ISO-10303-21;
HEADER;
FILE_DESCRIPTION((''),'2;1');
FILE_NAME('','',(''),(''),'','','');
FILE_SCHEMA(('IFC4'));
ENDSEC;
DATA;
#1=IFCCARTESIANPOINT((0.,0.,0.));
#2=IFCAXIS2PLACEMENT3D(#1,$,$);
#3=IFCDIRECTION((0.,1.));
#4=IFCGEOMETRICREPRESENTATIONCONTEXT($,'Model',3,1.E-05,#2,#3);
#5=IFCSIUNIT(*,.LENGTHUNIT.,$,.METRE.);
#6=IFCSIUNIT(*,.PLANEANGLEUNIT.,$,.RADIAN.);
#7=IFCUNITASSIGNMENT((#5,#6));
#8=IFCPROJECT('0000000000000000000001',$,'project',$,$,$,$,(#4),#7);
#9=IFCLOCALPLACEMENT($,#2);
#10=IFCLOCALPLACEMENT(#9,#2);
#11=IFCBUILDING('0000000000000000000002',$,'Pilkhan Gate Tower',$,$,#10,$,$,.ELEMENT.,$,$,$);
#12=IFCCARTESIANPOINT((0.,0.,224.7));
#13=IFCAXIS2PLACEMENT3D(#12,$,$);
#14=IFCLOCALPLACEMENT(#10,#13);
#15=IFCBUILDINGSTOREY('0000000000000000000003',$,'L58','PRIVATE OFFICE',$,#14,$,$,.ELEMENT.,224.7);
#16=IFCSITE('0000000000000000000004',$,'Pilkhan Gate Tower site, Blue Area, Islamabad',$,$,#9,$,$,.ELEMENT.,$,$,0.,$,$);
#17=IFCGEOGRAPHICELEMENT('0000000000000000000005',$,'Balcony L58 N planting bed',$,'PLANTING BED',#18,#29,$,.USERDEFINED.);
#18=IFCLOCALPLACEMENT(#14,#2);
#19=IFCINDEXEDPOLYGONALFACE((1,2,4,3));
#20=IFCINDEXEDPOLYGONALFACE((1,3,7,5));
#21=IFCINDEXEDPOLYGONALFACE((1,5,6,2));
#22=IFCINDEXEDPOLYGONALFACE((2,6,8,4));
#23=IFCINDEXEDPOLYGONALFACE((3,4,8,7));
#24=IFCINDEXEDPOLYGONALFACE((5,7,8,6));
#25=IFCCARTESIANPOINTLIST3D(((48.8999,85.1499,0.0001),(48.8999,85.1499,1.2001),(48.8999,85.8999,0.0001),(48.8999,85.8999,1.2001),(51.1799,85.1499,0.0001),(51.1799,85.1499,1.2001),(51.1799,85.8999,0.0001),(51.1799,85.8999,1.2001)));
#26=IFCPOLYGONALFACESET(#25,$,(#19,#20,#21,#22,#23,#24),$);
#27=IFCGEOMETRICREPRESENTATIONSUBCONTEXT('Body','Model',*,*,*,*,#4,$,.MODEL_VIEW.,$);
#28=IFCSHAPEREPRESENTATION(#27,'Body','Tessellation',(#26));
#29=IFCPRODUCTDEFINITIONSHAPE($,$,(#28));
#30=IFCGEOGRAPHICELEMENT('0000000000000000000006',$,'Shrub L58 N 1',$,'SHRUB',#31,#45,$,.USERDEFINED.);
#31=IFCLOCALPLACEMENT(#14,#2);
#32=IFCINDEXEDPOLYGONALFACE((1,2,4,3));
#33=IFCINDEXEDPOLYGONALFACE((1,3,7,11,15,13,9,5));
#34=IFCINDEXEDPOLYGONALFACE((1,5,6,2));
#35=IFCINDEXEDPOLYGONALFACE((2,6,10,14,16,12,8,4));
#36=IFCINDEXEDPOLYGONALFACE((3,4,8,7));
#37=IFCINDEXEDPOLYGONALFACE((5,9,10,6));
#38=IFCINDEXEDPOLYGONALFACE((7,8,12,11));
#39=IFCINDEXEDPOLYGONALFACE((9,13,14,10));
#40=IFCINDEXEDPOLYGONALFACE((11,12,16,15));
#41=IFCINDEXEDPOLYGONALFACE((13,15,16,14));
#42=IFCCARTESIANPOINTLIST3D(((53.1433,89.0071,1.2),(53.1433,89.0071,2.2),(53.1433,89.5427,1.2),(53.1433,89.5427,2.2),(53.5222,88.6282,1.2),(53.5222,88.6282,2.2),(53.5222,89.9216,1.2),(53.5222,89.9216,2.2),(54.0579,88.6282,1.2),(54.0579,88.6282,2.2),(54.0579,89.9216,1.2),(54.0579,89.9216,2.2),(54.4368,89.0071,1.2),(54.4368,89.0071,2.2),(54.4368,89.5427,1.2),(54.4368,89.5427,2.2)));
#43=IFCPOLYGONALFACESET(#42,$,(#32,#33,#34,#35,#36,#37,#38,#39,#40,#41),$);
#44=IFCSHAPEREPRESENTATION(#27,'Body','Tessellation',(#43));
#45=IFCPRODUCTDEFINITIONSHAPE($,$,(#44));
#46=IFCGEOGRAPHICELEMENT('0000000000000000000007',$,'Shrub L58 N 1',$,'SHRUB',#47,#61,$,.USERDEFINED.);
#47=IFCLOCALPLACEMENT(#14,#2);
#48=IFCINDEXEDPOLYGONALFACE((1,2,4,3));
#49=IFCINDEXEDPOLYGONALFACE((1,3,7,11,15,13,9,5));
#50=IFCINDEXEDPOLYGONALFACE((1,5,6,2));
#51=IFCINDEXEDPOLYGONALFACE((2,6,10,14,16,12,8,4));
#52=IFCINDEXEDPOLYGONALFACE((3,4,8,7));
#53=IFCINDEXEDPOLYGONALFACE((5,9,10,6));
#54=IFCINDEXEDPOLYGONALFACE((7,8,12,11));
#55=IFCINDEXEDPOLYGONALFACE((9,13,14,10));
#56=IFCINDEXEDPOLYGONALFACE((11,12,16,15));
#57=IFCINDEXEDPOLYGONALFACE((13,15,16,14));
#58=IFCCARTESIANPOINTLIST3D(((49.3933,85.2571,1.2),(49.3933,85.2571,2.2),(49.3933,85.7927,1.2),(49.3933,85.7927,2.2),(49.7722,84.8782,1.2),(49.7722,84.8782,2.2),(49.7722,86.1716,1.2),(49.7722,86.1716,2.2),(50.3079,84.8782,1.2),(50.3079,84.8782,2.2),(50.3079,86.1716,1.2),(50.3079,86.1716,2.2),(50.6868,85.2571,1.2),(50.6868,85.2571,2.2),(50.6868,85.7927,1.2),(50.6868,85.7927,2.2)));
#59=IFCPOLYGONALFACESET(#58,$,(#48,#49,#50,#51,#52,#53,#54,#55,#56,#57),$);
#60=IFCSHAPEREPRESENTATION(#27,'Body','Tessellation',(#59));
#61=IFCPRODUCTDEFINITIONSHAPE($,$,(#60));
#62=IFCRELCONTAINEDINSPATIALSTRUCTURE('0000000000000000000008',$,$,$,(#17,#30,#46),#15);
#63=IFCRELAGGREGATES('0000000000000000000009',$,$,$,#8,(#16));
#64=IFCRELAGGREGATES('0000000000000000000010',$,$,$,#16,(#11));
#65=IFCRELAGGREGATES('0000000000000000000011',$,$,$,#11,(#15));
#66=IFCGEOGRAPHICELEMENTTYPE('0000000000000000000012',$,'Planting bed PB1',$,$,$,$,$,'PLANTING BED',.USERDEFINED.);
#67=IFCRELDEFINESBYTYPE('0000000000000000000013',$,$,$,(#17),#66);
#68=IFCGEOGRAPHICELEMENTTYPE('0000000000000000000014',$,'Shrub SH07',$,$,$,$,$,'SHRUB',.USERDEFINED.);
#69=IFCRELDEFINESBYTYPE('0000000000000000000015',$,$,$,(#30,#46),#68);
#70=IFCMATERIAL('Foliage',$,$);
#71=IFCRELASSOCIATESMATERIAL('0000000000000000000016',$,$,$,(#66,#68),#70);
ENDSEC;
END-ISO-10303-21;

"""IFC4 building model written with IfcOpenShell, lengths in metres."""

from ifc_helpers import new_model, si_unit, direction, frame, origin, origin_2d, place, context, subcontext, project, spatial, polyline, rectangle, outline, extrude, material, material_profile, profile_set, type_object, element, save


model = new_model("IFC4")

# Units and contexts
model_context = context("Model", 3, precision=1e-05, world=origin(), true_north=direction((0.0, 1.0)))
body_context = subcontext(model_context, "Body", "Model", "MODEL_VIEW")
ifc_project = project(units=[si_unit("LENGTHUNIT", "METRE"), si_unit("PLANEANGLEUNIT", "RADIAN")], contexts=[model_context])

# Site, building, storey
site_placement = place(None, origin())
site = spatial("IfcSite", under=ifc_project, at=site_placement, Name="Pilkhan Gate Tower site, Blue Area, Islamabad", CompositionType="ELEMENT", RefElevation=0.0)
building_placement = place(site_placement, origin())
building = spatial("IfcBuilding", under=site, at=building_placement, Name="Pilkhan Gate Tower", CompositionType="ELEMENT")
storey_placement = place(building_placement, frame((0.0, 0.0, 224.7)))
storey = spatial("IfcBuildingStorey", under=building, at=storey_placement, Name="L58", Description="PRIVATE OFFICE", CompositionType="ELEMENT", Elevation=224.7)

# Geographic elements
ifc_material_1 = material(Name="Foliage")
ifc_material_profile_1 = material_profile(ifc_material_1, rectangle(XDim=0.75, YDim=1.2, at=origin_2d()), Name="Bed 750x1200")
ifc_profile_set_1 = profile_set([ifc_material_profile_1], Name="Foliage")
geographic_element_type_1 = type_object("IfcGeographicElementType", Name="Planting bed PB1", ElementType="PLANTING BED", PredefinedType="USERDEFINED", material=ifc_profile_set_1)
for number, where, z_axis, x_axis, name in (
    (1, (48.8999, 85.5249, 0.6001), (1.0, 0.0, 0.0), (0.0, 1.0, 0.0), "Balcony L58 N planting bed"),
):
    element("IfcGeographicElement", number, at=place(storey_placement, frame(where, z_axis=z_axis, x_axis=x_axis)), inside=storey, type_object=geographic_element_type_1, Name=name, ObjectType="PLANTING BED", PredefinedType="USERDEFINED", context=body_context, shape_type="SweptSolid", body=[
        extrude(rectangle(XDim=0.75, YDim=1.2, at=origin_2d()), origin(), (0.0, 0.0, 1.0), 2.28),
    ])
ifc_material_profile_2 = material_profile(ifc_material_1, outline(polyline([(0.6467, 0.2678), (0.2678, 0.6467), (-0.2678, 0.6467), (-0.6467, 0.2678), (-0.6467, -0.2678), (-0.2678, -0.6467), (0.2678, -0.6467), (0.6467, -0.2678), (0.6467, 0.2678)])), Name="Shrub D1.4")
ifc_profile_set_2 = profile_set([ifc_material_profile_2], Name="Foliage")
geographic_element_type_2 = type_object("IfcGeographicElementType", Name="Shrub SH07", ElementType="SHRUB", PredefinedType="USERDEFINED", material=ifc_profile_set_2)
for number, where, z_axis, x_axis, name in (
    (2, (53.79, 89.2749, 1.2), (0.0, 0.0, 1.0), (1.0, 0.0, 0.0), "Shrub L58 N 1"),
    (3, (50.04, 85.5249, 1.2), (0.0, 0.0, 1.0), (1.0, 0.0, 0.0), "Shrub L58 N 1"),
):
    element("IfcGeographicElement", number, at=place(storey_placement, frame(where, z_axis=z_axis, x_axis=x_axis)), inside=storey, type_object=geographic_element_type_2, Name=name, ObjectType="SHRUB", PredefinedType="USERDEFINED", context=body_context, shape_type="SweptSolid", body=[
        extrude(outline(polyline([(0.6467, 0.2678), (0.2678, 0.6467), (-0.2678, 0.6467), (-0.6467, 0.2678), (-0.6467, -0.2678), (-0.2678, -0.6467), (0.2678, -0.6467), (0.6467, -0.2678), (0.6467, 0.2678)])), origin(), (0.0, 0.0, 1.0), 1.0),
    ])

save(model, "model.ifc")
